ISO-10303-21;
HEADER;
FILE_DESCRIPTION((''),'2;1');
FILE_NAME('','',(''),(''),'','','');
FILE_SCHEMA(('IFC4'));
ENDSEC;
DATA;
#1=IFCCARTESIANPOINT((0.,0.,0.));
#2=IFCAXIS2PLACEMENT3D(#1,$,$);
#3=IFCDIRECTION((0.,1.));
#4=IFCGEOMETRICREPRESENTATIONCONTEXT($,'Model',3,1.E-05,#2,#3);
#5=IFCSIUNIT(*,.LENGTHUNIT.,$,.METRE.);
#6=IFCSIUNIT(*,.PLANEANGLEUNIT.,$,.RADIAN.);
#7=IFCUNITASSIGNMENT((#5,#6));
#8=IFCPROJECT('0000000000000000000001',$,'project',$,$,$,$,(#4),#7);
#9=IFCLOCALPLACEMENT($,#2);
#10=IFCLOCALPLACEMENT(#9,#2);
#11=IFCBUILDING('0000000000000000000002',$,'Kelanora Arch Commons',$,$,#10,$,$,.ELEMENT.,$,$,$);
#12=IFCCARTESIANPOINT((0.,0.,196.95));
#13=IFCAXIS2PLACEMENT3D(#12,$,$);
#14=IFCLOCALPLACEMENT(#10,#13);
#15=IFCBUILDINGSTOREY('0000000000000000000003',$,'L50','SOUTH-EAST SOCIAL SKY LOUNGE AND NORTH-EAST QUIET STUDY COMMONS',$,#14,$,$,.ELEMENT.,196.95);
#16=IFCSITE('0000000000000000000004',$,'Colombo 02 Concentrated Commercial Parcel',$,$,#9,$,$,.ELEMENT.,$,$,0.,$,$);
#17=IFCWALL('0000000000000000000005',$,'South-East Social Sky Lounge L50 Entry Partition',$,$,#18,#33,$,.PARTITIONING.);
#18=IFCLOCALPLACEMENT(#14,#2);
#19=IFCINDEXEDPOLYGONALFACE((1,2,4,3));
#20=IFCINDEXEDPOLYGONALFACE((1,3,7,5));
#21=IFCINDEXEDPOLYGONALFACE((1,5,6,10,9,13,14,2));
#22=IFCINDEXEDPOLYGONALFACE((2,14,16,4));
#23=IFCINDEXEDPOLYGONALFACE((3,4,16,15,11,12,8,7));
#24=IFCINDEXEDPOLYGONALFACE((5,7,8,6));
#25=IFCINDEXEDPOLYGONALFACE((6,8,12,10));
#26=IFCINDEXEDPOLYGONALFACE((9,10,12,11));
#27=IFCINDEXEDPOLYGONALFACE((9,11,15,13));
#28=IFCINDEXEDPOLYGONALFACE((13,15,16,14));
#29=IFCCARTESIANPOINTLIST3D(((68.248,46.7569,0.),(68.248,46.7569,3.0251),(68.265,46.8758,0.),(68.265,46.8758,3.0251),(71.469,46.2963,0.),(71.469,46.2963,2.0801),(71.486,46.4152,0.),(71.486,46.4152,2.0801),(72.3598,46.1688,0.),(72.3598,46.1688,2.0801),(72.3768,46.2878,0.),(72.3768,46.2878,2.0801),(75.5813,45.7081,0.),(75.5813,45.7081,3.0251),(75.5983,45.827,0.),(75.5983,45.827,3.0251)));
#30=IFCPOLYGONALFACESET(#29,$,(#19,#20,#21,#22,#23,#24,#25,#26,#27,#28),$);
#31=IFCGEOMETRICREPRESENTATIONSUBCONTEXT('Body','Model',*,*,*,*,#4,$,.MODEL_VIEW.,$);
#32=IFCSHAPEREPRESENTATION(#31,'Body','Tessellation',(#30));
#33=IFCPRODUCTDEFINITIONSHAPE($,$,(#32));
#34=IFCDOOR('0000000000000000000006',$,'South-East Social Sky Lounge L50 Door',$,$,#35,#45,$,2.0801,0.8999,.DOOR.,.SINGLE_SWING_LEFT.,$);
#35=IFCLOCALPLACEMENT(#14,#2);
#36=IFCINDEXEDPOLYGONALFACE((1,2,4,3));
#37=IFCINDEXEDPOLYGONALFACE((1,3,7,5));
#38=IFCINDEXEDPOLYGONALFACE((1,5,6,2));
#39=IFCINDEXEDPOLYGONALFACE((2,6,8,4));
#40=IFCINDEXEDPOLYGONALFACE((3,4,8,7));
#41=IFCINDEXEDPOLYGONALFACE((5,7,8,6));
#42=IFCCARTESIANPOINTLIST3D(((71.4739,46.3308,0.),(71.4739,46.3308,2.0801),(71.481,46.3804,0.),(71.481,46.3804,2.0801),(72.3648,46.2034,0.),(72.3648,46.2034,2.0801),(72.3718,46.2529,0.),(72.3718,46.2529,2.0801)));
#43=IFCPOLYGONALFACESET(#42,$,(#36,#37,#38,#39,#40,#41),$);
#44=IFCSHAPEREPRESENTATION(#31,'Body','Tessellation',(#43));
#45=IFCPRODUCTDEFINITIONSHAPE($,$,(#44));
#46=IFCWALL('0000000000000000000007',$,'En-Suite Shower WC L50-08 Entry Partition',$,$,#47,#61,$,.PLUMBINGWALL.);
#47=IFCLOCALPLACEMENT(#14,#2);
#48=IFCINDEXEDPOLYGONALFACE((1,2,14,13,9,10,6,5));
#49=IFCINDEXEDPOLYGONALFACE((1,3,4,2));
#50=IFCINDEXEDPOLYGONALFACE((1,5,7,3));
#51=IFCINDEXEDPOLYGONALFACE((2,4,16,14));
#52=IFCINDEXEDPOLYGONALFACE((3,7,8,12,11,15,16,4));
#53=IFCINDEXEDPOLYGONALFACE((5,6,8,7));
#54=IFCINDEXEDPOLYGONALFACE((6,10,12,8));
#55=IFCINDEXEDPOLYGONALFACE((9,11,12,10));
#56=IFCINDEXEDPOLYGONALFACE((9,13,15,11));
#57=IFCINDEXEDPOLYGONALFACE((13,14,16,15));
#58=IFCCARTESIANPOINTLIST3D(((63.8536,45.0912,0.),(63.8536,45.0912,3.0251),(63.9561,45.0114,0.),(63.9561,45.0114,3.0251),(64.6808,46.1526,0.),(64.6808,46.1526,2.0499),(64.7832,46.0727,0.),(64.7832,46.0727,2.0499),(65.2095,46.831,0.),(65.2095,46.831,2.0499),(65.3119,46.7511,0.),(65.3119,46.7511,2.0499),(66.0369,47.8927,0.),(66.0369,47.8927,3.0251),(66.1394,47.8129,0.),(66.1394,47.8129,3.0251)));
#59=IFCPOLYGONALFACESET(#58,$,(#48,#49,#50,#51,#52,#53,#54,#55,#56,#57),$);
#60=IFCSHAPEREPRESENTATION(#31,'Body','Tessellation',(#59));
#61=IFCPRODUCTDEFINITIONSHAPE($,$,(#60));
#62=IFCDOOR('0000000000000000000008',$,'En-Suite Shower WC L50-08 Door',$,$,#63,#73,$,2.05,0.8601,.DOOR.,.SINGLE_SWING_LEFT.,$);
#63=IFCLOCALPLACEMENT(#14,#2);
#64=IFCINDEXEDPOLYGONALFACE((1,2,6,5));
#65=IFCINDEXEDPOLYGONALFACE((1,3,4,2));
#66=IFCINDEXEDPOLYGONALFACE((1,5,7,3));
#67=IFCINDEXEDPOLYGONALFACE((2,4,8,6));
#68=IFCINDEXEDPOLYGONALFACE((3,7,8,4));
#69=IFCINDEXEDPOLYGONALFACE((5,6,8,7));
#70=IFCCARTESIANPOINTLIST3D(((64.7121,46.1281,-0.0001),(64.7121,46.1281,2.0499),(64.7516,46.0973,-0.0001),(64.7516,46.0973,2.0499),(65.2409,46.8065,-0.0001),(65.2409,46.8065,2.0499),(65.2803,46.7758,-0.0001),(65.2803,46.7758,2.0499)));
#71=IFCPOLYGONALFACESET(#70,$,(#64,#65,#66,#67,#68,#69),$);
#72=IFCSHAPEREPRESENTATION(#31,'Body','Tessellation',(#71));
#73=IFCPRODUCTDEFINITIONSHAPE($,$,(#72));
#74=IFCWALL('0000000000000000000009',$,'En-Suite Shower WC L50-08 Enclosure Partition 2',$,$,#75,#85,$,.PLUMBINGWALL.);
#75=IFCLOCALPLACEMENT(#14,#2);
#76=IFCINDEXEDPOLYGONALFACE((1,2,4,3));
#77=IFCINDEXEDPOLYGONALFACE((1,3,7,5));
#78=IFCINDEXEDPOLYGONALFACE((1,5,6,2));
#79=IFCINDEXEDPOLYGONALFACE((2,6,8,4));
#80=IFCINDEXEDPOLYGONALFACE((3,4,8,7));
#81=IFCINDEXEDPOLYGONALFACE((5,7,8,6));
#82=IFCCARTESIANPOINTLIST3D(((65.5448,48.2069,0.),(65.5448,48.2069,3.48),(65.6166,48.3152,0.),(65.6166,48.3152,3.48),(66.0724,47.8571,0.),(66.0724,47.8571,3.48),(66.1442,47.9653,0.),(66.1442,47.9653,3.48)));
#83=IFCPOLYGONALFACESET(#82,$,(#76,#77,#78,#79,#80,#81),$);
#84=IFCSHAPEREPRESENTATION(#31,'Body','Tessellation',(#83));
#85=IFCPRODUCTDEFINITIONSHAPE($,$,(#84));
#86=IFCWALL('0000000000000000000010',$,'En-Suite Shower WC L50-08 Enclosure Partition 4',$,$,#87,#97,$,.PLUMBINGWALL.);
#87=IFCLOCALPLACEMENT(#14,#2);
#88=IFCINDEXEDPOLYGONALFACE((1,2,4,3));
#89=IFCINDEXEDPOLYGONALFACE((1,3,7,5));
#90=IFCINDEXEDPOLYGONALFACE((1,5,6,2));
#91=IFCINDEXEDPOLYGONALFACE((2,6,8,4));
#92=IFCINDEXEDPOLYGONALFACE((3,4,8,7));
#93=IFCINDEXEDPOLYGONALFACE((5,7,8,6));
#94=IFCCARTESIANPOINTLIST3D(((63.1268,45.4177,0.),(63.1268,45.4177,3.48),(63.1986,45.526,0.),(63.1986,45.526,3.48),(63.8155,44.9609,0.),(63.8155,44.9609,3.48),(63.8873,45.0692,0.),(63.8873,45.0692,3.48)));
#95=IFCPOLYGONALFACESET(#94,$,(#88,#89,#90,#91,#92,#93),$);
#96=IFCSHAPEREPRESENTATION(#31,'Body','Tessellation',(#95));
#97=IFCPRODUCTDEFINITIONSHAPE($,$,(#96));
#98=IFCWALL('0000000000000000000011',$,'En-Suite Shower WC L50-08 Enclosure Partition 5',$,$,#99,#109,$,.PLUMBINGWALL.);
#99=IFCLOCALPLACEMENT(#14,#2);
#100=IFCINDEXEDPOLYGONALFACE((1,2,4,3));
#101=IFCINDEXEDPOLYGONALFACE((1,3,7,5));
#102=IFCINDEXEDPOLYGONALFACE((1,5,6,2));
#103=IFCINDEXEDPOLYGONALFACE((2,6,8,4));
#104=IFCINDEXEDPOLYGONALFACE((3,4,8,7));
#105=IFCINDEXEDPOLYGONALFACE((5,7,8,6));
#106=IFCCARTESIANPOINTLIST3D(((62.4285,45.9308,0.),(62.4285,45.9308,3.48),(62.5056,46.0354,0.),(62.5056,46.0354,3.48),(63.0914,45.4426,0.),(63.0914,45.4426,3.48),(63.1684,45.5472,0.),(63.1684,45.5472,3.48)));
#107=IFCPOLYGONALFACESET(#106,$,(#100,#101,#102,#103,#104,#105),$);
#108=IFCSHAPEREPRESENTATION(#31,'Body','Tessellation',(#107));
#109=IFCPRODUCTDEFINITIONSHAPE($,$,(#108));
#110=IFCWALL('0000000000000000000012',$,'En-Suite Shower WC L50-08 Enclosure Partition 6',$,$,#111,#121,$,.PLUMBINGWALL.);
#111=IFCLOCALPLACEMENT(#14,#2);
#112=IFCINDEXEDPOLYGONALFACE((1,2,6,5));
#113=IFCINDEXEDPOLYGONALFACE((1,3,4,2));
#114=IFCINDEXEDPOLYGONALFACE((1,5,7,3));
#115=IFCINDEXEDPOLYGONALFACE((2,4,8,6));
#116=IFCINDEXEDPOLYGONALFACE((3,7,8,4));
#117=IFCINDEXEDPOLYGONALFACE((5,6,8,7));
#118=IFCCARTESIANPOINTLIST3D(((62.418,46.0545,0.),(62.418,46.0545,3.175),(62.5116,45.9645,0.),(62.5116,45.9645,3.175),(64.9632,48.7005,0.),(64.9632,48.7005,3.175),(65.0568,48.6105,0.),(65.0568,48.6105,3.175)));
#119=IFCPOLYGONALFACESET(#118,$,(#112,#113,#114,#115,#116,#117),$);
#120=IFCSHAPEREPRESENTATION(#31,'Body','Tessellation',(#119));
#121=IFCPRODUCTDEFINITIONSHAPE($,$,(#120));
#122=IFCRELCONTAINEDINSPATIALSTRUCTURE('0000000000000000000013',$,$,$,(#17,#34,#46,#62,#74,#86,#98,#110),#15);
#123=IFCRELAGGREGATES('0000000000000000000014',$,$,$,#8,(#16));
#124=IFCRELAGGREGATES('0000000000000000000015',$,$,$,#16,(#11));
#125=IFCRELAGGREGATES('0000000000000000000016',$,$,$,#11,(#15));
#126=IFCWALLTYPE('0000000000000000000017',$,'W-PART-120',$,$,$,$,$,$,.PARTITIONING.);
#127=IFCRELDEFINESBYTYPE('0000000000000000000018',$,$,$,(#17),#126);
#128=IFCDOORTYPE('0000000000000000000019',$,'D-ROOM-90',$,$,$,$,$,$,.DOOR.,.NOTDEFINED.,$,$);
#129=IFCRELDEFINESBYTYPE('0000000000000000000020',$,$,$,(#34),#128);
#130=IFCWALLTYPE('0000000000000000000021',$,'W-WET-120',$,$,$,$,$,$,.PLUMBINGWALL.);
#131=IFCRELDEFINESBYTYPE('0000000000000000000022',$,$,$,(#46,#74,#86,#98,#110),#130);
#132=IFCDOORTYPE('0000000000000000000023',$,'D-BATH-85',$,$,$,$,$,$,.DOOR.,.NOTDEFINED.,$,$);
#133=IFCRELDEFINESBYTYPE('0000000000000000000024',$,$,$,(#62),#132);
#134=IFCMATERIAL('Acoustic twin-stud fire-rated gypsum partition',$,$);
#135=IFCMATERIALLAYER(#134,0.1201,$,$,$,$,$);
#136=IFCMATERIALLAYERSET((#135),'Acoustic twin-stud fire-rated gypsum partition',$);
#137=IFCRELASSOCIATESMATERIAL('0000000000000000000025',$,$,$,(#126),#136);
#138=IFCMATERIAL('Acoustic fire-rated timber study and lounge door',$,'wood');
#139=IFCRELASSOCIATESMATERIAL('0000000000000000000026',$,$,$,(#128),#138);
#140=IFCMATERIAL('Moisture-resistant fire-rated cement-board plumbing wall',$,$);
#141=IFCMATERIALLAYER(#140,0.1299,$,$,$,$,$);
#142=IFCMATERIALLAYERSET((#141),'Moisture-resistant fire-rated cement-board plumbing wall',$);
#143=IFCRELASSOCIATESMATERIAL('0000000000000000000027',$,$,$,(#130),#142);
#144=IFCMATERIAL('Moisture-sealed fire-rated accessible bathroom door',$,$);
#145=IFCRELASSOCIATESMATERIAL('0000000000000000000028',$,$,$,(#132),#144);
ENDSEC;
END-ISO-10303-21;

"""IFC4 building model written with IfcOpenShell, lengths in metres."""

from ifc_helpers import new_model, si_unit, direction, frame, frame_2d, origin, place, context, subcontext, project, spatial, rectangle, extrude, material, layer, layer_set, type_object, element, fill, save


model = new_model("IFC4")

# Units and contexts
model_context = context("Model", 3, precision=1e-05, world=origin(), true_north=direction((0.0, 1.0)))
body_context = subcontext(model_context, "Body", "Model", "MODEL_VIEW")
ifc_project = project(units=[si_unit("LENGTHUNIT", "METRE"), si_unit("PLANEANGLEUNIT", "RADIAN")], contexts=[model_context])

# Site, building, storey
site_placement = place(None, origin())
site = spatial("IfcSite", under=ifc_project, at=site_placement, Name="Colombo 02 Concentrated Commercial Parcel", CompositionType="ELEMENT", RefElevation=0.0)
building_placement = place(site_placement, origin())
building = spatial("IfcBuilding", under=site, at=building_placement, Name="Kelanora Arch Commons", CompositionType="ELEMENT")
storey_placement = place(building_placement, frame((0.0, 0.0, 196.95)))
storey = spatial("IfcBuildingStorey", under=building, at=storey_placement, Name="L50", Description="SOUTH-EAST SOCIAL SKY LOUNGE AND NORTH-EAST QUIET STUDY COMMONS", CompositionType="ELEMENT", Elevation=196.95)

# Walls, openings, doors
ifc_material_1 = material(Name="Acoustic twin-stud fire-rated gypsum partition")
ifc_layer_1 = layer(ifc_material_1, 0.1201)
ifc_layer_set_1 = layer_set([ifc_layer_1], Name="Acoustic twin-stud fire-rated gypsum partition")
wall_type_1 = type_object("IfcWallType", Name="W-PART-120", PredefinedType="PARTITIONING", material=ifc_layer_set_1)
wall_1_placement = place(storey_placement, frame((68.2563, 46.8164, 0.0), z_axis=(0.0, 0.0, 1.0), x_axis=(0.989926, -0.141583, 0.0)))
wall_1 = element("IfcWall", 1, at=wall_1_placement, inside=storey, type_object=wall_type_1, Name="South-East Social Sky Lounge L50 Entry Partition", PredefinedType="PARTITIONING", context=body_context, shape_type="SweptSolid", body=[
    extrude(rectangle(XDim=7.408, YDim=0.1201, at=frame_2d((3.7041, 0.0))), origin(), (0.0, 0.0, 1.0), 3.0251),
])
opening_1_placement = place(wall_1_placement, frame((3.2539, 0.0, 0.0)))
opening_1 = element("IfcOpeningElement", 2, at=opening_1_placement, cuts=wall_1, PredefinedType="OPENING", context=body_context, shape_type="SweptSolid", body=[
    extrude(rectangle(XDim=0.8999, YDim=2.0801, at=frame_2d((0.45, 1.04))), frame((0.0, 0.0701, 0.0), z_axis=(0.0, -1.0, 0.0), x_axis=(1.0, 0.0, 0.0)), (0.0, 0.0, 1.0), 0.1401),
])
ifc_material_2 = material(Name="Acoustic fire-rated timber study and lounge door", Category="wood")
door_type_1 = type_object("IfcDoorType", Name="D-ROOM-90", OperationType="NOTDEFINED", PredefinedType="DOOR", material=ifc_material_2)
door_1_placement = place(opening_1_placement, origin())
door_1 = element("IfcDoor", 3, at=door_1_placement, inside=storey, type_object=door_type_1, Name="South-East Social Sky Lounge L50 Door", OperationType="SINGLE_SWING_LEFT", OverallHeight=2.0801, OverallWidth=0.8999, PredefinedType="DOOR", context=body_context, shape_type="SweptSolid", body=[
    extrude(rectangle(XDim=0.8999, YDim=2.0801, at=frame_2d((0.45, 1.04))), frame((0.0, 0.0249, 0.0), z_axis=(0.0, -1.0, 0.0), x_axis=(1.0, 0.0, 0.0)), (0.0, 0.0, 1.0), 0.05),
])
fill(opening_1, door_1)
ifc_material_3 = material(Name="Moisture-resistant fire-rated cement-board plumbing wall")
ifc_layer_2 = layer(ifc_material_3, 0.1299)
ifc_layer_set_2 = layer_set([ifc_layer_2], Name="Moisture-resistant fire-rated cement-board plumbing wall")
wall_type_2 = type_object("IfcWallType", Name="W-WET-120", PredefinedType="PLUMBINGWALL", material=ifc_layer_set_2)
wall_2_placement = place(storey_placement, frame((66.0881, 47.8528, 0.0), z_axis=(0.0, 0.0, 1.0), x_axis=(-0.614711, -0.788752, 0.0)))
wall_2 = element("IfcWall", 4, at=wall_2_placement, inside=storey, type_object=wall_type_2, Name="En-Suite Shower WC L50-08 Entry Partition", PredefinedType="PLUMBINGWALL", context=body_context, shape_type="SweptSolid", body=[
    extrude(rectangle(XDim=3.5518, YDim=0.1299, at=frame_2d((1.7759, 0.0))), origin(), (0.0, 0.0, 1.0), 3.0251),
])
opening_2_placement = place(wall_2_placement, frame((1.3459, 0.0, 0.0)))
opening_2 = element("IfcOpeningElement", 5, at=opening_2_placement, cuts=wall_2, PredefinedType="OPENING", context=body_context, shape_type="SweptSolid", body=[
    extrude(rectangle(XDim=0.8601, YDim=2.05, at=frame_2d((0.4302, 1.0249))), frame((0.0, 0.075, 0.0), z_axis=(0.0, -1.0, 0.0), x_axis=(1.0, 0.0, 0.0)), (0.0, 0.0, 1.0), 0.1499),
])
ifc_material_4 = material(Name="Moisture-sealed fire-rated accessible bathroom door")
door_type_2 = type_object("IfcDoorType", Name="D-BATH-85", OperationType="NOTDEFINED", PredefinedType="DOOR", material=ifc_material_4)
door_2_placement = place(opening_2_placement, origin())
door_2 = element("IfcDoor", 6, at=door_2_placement, inside=storey, type_object=door_type_2, Name="En-Suite Shower WC L50-08 Door", OperationType="SINGLE_SWING_LEFT", OverallHeight=2.05, OverallWidth=0.8601, PredefinedType="DOOR", context=body_context, shape_type="SweptSolid", body=[
    extrude(rectangle(XDim=0.8601, YDim=2.05, at=frame_2d((0.4302, 1.0249))), frame((0.0, 0.0249, 0.0), z_axis=(0.0, -1.0, 0.0), x_axis=(1.0, 0.0, 0.0)), (0.0, 0.0, 1.0), 0.05),
])
fill(opening_2, door_2)

# Walls
wall_3_placement = place(storey_placement, frame((65.5808, 48.261, 0.0), z_axis=(0.0, 0.0, 1.0), x_axis=(0.833412, -0.552652, 0.0)))
element("IfcWall", 7, at=wall_3_placement, inside=storey, type_object=wall_type_2, Name="En-Suite Shower WC L50-08 Enclosure Partition 2", PredefinedType="PLUMBINGWALL", context=body_context, shape_type="SweptSolid", body=[
    extrude(rectangle(XDim=0.6331, YDim=0.1299, at=frame_2d((0.3164, 0.0))), origin(), (0.0, 0.0, 1.0), 3.48),
])
wall_4_placement = place(storey_placement, frame((63.8513, 45.0151, 0.0), z_axis=(0.0, 0.0, 1.0), x_axis=(-0.833366, 0.552722, 0.0)))
element("IfcWall", 8, at=wall_4_placement, inside=storey, type_object=wall_type_2, Name="En-Suite Shower WC L50-08 Enclosure Partition 4", PredefinedType="PLUMBINGWALL", context=body_context, shape_type="SweptSolid", body=[
    extrude(rectangle(XDim=0.8264, YDim=0.1299, at=frame_2d((0.4131, 0.0))), origin(), (0.0, 0.0, 1.0), 3.48),
])
wall_5_placement = place(storey_placement, frame((63.1299, 45.4949, 0.0), z_axis=(0.0, 0.0, 1.0), x_axis=(-0.80513, 0.593098, 0.0)))
element("IfcWall", 9, at=wall_5_placement, inside=storey, type_object=wall_type_2, Name="En-Suite Shower WC L50-08 Enclosure Partition 5", PredefinedType="PLUMBINGWALL", context=body_context, shape_type="SweptSolid", body=[
    extrude(rectangle(XDim=0.8232, YDim=0.1299, at=frame_2d((0.4116, 0.0))), origin(), (0.0, 0.0, 1.0), 3.48),
])
wall_6_placement = place(storey_placement, frame((62.4648, 46.0095, 0.0), z_axis=(0.0, 0.0, 1.0), x_axis=(0.693242, 0.720705, 0.0)))
element("IfcWall", 10, at=wall_6_placement, inside=storey, type_object=wall_type_2, Name="En-Suite Shower WC L50-08 Enclosure Partition 6", PredefinedType="PLUMBINGWALL", context=body_context, shape_type="SweptSolid", body=[
    extrude(rectangle(XDim=3.6714, YDim=0.1299, at=frame_2d((1.8357, 0.0))), origin(), (0.0, 0.0, 1.0), 3.175),
])

save(model, "model.ifc")
